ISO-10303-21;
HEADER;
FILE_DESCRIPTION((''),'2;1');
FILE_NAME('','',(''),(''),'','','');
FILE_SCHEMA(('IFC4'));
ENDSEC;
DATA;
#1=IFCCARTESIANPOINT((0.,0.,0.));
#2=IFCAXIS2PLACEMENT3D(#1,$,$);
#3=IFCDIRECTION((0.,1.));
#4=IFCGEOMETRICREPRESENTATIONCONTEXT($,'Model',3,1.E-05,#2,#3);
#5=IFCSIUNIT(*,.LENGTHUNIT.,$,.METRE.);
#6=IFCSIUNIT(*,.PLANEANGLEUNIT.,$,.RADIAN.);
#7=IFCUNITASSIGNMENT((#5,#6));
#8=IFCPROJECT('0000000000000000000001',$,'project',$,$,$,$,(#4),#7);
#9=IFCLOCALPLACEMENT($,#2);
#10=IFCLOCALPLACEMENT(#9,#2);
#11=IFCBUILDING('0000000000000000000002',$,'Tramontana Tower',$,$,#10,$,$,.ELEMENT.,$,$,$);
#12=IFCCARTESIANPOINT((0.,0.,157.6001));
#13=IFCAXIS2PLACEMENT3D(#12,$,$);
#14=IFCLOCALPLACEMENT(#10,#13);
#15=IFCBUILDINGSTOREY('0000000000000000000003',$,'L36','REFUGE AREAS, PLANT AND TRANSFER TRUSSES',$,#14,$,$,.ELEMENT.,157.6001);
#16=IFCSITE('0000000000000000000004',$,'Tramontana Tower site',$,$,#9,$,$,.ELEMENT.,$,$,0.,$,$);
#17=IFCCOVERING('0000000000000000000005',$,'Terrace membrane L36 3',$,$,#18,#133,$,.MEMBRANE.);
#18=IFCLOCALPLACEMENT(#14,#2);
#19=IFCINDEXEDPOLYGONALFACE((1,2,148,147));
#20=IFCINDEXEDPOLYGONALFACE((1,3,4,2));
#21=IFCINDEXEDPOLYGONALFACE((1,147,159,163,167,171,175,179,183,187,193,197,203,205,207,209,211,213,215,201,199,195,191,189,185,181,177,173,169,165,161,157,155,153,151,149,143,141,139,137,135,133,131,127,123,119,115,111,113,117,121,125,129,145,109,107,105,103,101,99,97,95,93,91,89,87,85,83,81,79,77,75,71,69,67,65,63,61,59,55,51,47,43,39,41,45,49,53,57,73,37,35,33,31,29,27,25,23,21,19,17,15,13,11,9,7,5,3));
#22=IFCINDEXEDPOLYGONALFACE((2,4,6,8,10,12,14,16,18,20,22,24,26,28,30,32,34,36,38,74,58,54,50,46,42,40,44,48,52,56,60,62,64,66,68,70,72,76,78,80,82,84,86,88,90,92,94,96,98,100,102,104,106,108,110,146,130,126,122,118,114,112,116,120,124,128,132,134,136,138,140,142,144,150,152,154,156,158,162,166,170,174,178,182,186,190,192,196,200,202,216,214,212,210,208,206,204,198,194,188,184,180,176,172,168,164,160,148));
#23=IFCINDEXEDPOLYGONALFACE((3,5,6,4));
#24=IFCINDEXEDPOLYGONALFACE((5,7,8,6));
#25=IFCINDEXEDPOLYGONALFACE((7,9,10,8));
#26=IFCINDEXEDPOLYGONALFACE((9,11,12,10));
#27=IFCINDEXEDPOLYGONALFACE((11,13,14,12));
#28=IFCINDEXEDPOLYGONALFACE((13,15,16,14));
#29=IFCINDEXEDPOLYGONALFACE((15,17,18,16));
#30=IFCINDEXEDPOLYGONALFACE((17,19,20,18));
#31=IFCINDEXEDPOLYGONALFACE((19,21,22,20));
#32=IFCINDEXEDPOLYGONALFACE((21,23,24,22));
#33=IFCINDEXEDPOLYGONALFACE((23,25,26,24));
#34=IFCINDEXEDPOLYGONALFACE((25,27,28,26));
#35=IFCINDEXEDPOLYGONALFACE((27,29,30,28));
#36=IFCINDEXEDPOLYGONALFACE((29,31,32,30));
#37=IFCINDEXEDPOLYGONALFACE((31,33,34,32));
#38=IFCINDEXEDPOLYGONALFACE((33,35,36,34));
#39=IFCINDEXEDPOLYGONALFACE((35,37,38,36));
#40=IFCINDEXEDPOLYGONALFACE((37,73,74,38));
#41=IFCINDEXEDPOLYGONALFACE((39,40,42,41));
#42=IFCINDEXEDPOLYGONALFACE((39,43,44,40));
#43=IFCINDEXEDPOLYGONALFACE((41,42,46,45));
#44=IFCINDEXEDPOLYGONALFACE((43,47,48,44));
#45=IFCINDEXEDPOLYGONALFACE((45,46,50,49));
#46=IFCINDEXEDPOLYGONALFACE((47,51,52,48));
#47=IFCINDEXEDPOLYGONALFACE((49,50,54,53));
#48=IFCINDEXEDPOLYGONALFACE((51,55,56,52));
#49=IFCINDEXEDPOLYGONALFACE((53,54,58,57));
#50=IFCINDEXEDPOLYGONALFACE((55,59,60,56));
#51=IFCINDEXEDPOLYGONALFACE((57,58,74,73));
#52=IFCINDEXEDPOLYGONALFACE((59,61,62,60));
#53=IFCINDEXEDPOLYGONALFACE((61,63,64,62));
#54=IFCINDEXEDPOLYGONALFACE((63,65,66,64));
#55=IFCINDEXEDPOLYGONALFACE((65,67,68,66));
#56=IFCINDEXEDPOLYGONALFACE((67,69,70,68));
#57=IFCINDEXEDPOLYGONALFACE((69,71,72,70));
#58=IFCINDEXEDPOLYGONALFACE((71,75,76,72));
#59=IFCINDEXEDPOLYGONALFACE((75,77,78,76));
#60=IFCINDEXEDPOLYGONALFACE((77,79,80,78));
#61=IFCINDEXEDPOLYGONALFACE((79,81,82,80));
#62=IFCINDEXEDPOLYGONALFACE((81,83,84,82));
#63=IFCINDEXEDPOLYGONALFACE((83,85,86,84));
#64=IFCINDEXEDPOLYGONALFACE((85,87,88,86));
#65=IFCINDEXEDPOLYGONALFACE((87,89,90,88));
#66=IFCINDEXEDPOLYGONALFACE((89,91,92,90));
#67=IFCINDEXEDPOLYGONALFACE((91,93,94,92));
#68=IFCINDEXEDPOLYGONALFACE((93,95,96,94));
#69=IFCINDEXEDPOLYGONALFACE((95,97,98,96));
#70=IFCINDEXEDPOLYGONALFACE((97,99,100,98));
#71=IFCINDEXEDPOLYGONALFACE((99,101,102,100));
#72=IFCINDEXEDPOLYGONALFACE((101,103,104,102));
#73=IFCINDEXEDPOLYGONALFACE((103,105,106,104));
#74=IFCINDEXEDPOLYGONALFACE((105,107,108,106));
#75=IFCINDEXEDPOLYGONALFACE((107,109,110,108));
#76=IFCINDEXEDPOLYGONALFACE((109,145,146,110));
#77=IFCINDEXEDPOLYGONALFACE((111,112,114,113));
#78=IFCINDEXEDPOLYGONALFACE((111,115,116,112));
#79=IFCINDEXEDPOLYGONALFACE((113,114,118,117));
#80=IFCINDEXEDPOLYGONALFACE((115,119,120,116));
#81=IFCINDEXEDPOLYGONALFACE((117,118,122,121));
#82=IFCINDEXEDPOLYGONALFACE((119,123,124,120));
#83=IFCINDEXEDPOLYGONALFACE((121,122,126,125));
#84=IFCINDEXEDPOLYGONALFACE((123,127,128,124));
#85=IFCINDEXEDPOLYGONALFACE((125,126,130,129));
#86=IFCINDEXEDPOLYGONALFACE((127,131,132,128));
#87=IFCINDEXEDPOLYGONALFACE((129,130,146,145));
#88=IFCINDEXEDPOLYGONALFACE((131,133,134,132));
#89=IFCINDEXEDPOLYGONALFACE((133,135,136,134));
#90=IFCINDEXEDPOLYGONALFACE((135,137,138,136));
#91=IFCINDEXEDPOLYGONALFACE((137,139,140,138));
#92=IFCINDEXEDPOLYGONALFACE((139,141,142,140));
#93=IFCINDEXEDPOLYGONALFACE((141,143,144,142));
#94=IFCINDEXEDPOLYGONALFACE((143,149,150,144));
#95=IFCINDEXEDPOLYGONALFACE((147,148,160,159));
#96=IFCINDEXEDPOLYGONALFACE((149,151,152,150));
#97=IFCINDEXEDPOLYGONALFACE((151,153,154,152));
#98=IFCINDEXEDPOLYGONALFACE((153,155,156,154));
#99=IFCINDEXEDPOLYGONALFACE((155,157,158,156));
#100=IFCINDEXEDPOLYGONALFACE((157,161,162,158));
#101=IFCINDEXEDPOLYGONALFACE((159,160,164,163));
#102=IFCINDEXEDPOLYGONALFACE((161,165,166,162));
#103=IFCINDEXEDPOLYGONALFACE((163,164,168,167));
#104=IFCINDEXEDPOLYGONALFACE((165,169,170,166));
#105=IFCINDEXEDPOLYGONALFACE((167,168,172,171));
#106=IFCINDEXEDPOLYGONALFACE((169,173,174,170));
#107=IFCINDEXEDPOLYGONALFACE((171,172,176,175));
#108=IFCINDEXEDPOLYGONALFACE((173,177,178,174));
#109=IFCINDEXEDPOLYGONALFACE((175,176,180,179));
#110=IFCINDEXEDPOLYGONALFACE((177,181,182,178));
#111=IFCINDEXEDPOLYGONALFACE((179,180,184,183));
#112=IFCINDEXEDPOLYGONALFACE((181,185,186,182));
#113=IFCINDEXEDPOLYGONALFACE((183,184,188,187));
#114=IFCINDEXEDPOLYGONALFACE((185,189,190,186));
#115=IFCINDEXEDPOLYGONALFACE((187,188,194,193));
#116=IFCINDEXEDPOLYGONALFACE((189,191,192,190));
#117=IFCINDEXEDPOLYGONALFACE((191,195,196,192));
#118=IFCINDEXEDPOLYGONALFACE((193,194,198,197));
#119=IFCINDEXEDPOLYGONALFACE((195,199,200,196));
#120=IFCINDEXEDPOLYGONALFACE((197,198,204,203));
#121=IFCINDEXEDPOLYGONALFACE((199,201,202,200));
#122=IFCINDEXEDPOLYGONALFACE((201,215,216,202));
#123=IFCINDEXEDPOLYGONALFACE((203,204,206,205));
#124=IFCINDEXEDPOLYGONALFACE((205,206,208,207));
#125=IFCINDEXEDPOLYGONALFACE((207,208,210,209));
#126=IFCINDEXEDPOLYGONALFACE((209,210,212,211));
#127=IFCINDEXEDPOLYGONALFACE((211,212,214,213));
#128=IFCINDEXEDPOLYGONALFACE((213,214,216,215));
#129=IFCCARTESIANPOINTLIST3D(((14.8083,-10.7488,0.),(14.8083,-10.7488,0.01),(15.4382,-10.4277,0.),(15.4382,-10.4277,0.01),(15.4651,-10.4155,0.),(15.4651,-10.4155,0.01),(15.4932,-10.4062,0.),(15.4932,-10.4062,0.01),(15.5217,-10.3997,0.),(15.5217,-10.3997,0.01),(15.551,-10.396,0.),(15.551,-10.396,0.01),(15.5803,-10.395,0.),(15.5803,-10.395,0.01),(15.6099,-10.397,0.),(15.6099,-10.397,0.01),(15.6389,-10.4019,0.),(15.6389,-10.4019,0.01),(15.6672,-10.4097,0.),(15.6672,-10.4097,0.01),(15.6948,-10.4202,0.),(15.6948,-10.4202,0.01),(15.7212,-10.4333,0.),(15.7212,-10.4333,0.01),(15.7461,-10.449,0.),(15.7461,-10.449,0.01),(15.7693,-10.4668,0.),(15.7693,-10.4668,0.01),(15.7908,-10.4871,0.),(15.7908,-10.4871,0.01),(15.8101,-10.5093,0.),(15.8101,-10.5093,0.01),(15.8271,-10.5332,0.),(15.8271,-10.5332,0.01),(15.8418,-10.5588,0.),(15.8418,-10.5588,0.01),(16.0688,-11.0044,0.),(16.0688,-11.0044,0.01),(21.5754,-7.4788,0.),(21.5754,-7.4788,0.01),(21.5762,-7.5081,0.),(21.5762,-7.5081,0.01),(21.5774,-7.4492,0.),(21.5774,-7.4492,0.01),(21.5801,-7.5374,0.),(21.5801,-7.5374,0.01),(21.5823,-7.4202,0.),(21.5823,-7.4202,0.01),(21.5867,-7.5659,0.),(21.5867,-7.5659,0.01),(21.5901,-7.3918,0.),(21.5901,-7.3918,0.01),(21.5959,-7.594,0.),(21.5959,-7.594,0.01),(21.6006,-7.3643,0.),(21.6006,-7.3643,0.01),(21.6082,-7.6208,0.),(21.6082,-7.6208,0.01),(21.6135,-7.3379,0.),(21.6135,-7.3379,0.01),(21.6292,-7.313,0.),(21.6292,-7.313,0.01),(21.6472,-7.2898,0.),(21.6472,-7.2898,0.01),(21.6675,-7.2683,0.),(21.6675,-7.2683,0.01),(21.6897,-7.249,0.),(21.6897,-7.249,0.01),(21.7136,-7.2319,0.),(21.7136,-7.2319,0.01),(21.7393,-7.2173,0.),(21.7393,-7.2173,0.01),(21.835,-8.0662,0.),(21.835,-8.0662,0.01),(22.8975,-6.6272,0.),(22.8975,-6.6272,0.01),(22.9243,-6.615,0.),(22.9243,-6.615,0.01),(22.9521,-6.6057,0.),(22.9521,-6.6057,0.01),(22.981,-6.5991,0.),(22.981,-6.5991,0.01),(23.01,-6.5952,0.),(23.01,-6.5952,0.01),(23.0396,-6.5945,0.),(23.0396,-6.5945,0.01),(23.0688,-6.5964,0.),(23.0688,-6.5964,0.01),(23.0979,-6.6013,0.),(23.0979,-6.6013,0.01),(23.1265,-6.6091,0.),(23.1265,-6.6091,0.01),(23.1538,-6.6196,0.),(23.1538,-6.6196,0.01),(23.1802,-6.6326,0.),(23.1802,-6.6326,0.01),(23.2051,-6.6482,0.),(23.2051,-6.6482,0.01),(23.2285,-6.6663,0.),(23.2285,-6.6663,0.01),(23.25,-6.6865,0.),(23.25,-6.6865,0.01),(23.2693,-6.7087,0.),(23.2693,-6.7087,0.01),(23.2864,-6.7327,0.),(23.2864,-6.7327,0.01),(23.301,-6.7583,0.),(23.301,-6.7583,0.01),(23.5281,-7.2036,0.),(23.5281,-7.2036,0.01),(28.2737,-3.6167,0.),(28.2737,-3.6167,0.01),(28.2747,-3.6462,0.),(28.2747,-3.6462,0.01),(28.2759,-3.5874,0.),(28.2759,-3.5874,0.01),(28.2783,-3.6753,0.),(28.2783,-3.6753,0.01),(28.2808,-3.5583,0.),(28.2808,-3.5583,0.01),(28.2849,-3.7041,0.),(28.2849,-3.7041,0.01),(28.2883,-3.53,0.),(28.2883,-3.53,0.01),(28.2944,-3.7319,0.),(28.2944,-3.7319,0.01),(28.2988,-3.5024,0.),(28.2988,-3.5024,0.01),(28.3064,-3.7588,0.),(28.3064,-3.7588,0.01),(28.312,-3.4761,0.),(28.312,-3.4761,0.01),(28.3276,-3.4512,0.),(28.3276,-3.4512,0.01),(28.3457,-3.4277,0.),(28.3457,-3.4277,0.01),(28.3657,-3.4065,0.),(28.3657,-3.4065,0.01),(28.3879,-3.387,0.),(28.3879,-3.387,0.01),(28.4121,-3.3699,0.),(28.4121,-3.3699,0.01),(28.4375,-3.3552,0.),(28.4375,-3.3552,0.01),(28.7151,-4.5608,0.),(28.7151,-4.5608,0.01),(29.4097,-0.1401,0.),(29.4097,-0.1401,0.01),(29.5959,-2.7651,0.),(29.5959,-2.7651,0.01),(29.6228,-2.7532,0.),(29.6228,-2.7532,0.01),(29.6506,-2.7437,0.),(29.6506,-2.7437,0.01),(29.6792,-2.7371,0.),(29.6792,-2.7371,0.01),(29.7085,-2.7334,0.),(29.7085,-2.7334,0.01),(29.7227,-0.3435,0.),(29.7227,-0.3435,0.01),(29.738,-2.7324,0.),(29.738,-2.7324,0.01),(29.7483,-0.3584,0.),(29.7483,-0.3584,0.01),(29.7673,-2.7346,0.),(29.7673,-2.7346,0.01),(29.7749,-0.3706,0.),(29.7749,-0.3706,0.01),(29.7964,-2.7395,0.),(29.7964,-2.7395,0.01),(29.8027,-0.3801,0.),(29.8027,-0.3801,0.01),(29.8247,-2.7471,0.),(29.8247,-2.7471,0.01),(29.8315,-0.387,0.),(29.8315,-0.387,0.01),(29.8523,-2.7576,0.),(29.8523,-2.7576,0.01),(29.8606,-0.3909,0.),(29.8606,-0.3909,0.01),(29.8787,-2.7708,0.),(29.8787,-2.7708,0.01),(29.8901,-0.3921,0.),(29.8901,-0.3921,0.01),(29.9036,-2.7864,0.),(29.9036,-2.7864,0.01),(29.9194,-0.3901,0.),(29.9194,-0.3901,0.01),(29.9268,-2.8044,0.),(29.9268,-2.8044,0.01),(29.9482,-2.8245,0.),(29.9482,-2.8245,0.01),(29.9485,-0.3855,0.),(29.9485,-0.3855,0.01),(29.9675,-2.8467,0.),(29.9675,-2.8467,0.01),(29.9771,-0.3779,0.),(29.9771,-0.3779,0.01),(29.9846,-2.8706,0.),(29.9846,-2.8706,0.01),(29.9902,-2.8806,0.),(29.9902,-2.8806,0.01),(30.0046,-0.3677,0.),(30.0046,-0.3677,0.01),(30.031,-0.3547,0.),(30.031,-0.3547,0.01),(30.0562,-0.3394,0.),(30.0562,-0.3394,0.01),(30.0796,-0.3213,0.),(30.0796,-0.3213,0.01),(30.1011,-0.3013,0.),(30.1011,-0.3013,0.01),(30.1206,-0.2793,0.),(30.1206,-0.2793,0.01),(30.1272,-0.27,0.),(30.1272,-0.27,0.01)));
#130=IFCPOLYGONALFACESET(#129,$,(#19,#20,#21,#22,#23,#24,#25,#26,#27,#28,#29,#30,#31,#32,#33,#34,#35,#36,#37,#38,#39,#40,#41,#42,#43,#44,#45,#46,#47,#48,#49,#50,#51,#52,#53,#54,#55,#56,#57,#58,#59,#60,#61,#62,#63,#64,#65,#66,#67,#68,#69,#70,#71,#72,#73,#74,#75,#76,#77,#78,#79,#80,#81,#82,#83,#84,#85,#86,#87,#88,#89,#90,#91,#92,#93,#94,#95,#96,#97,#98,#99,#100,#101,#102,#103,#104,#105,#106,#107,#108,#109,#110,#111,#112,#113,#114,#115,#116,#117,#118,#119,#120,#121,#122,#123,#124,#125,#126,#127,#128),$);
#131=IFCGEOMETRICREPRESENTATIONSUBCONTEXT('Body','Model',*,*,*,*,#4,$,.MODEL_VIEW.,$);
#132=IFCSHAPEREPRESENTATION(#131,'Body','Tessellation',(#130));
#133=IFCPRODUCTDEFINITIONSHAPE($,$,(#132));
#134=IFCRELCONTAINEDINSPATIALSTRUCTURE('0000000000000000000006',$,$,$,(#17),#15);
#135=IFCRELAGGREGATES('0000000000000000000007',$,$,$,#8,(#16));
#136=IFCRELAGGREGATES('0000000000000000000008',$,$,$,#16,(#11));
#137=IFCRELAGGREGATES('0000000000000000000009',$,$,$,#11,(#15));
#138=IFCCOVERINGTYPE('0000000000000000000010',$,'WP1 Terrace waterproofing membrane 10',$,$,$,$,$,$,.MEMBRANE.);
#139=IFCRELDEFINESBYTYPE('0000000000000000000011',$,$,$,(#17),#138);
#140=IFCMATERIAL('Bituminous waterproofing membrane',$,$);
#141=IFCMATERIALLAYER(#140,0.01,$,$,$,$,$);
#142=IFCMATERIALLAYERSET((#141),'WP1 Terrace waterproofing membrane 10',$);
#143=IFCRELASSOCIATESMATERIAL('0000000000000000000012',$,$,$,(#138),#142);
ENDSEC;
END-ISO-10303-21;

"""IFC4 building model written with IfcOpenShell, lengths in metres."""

from ifc_helpers import new_model, si_unit, direction, frame, origin, place, context, subcontext, project, spatial, polyline, outline, extrude, material, layer, layer_set, type_object, element, save


model = new_model("IFC4")

# Units and contexts
model_context = context("Model", 3, precision=1e-05, world=origin(), true_north=direction((0.0, 1.0)))
body_context = subcontext(model_context, "Body", "Model", "MODEL_VIEW")
ifc_project = project(units=[si_unit("LENGTHUNIT", "METRE"), si_unit("PLANEANGLEUNIT", "RADIAN")], contexts=[model_context])

# Site, building, storey
site_placement = place(None, origin())
site = spatial("IfcSite", under=ifc_project, at=site_placement, Name="Tramontana Tower site", CompositionType="ELEMENT", RefElevation=0.0)
building_placement = place(site_placement, origin())
building = spatial("IfcBuilding", under=site, at=building_placement, Name="Tramontana Tower", CompositionType="ELEMENT")
storey_placement = place(building_placement, frame((0.0, 0.0, 157.6001)))
storey = spatial("IfcBuildingStorey", under=building, at=storey_placement, Name="L36", Description="REFUGE AREAS, PLANT AND TRANSFER TRUSSES", CompositionType="ELEMENT", Elevation=157.6001)

# Covering
ifc_material_1 = material(Name="Bituminous waterproofing membrane")
ifc_layer_1 = layer(ifc_material_1, 0.01)
ifc_layer_set_1 = layer_set([ifc_layer_1], Name="WP1 Terrace waterproofing membrane 10")
covering_type_1 = type_object("IfcCoveringType", Name="WP1 Terrace waterproofing membrane 10", PredefinedType="MEMBRANE", material=ifc_layer_set_1)
covering_1_placement = place(storey_placement, origin())
element("IfcCovering", 1, at=covering_1_placement, inside=storey, type_object=covering_type_1, Name="Terrace membrane L36 3", PredefinedType="MEMBRANE", context=body_context, shape_type="SweptSolid", body=[
    extrude(outline(polyline([(29.9902, -2.8806), (29.9846, -2.8706), (29.9675, -2.8467), (29.9482, -2.8245), (29.9268, -2.8044), (29.9036, -2.7864), (29.8787, -2.7708), (29.8523, -2.7576), (29.8247, -2.7471), (29.7964, -2.7395), (29.7673, -2.7346), (29.738, -2.7324), (29.7085, -2.7334), (29.6792, -2.7371), (29.6506, -2.7437), (29.6228, -2.7532), (29.5959, -2.7651), (28.4375, -3.3552), (28.4121, -3.3699), (28.3879, -3.387), (28.3657, -3.4065), (28.3457, -3.4277), (28.3276, -3.4512), (28.312, -3.4761), (28.2988, -3.5024), (28.2883, -3.53), (28.2808, -3.5583), (28.2759, -3.5874), (28.2737, -3.6167), (28.2747, -3.6462), (28.2783, -3.6753), (28.2849, -3.7041), (28.2944, -3.7319), (28.3064, -3.7588), (28.7151, -4.5608), (23.5281, -7.2036), (23.301, -6.7583), (23.2864, -6.7327), (23.2693, -6.7087), (23.25, -6.6865), (23.2285, -6.6663), (23.2051, -6.6482), (23.1802, -6.6326), (23.1538, -6.6196), (23.1265, -6.6091), (23.0979, -6.6013), (23.0688, -6.5964), (23.0396, -6.5945), (23.01, -6.5952), (22.981, -6.5991), (22.9521, -6.6057), (22.9243, -6.615), (22.8975, -6.6272), (21.7393, -7.2173), (21.7136, -7.2319), (21.6897, -7.249), (21.6675, -7.2683), (21.6472, -7.2898), (21.6292, -7.313), (21.6135, -7.3379), (21.6006, -7.3643), (21.5901, -7.3918), (21.5823, -7.4202), (21.5774, -7.4492), (21.5754, -7.4788), (21.5762, -7.5081), (21.5801, -7.5374), (21.5867, -7.5659), (21.5959, -7.594), (21.6082, -7.6208), (21.835, -8.0662), (16.0688, -11.0044), (15.8418, -10.5588), (15.8271, -10.5332), (15.8101, -10.5093), (15.7908, -10.4871), (15.7693, -10.4668), (15.7461, -10.449), (15.7212, -10.4333), (15.6948, -10.4202), (15.6672, -10.4097), (15.6389, -10.4019), (15.6099, -10.397), (15.5803, -10.395), (15.551, -10.396), (15.5217, -10.3997), (15.4932, -10.4062), (15.4651, -10.4155), (15.4382, -10.4277), (14.8083, -10.7488), (29.4097, -0.1401), (29.7227, -0.3435), (29.7483, -0.3584), (29.7749, -0.3706), (29.8027, -0.3801), (29.8315, -0.387), (29.8606, -0.3909), (29.8901, -0.3921), (29.9194, -0.3901), (29.9485, -0.3855), (29.9771, -0.3779), (30.0046, -0.3677), (30.031, -0.3547), (30.0562, -0.3394), (30.0796, -0.3213), (30.1011, -0.3013), (30.1206, -0.2793), (30.1272, -0.27), (29.9902, -2.8806)])), origin(), (0.0, 0.0, 1.0), 0.01),
])

save(model, "model.ifc")
